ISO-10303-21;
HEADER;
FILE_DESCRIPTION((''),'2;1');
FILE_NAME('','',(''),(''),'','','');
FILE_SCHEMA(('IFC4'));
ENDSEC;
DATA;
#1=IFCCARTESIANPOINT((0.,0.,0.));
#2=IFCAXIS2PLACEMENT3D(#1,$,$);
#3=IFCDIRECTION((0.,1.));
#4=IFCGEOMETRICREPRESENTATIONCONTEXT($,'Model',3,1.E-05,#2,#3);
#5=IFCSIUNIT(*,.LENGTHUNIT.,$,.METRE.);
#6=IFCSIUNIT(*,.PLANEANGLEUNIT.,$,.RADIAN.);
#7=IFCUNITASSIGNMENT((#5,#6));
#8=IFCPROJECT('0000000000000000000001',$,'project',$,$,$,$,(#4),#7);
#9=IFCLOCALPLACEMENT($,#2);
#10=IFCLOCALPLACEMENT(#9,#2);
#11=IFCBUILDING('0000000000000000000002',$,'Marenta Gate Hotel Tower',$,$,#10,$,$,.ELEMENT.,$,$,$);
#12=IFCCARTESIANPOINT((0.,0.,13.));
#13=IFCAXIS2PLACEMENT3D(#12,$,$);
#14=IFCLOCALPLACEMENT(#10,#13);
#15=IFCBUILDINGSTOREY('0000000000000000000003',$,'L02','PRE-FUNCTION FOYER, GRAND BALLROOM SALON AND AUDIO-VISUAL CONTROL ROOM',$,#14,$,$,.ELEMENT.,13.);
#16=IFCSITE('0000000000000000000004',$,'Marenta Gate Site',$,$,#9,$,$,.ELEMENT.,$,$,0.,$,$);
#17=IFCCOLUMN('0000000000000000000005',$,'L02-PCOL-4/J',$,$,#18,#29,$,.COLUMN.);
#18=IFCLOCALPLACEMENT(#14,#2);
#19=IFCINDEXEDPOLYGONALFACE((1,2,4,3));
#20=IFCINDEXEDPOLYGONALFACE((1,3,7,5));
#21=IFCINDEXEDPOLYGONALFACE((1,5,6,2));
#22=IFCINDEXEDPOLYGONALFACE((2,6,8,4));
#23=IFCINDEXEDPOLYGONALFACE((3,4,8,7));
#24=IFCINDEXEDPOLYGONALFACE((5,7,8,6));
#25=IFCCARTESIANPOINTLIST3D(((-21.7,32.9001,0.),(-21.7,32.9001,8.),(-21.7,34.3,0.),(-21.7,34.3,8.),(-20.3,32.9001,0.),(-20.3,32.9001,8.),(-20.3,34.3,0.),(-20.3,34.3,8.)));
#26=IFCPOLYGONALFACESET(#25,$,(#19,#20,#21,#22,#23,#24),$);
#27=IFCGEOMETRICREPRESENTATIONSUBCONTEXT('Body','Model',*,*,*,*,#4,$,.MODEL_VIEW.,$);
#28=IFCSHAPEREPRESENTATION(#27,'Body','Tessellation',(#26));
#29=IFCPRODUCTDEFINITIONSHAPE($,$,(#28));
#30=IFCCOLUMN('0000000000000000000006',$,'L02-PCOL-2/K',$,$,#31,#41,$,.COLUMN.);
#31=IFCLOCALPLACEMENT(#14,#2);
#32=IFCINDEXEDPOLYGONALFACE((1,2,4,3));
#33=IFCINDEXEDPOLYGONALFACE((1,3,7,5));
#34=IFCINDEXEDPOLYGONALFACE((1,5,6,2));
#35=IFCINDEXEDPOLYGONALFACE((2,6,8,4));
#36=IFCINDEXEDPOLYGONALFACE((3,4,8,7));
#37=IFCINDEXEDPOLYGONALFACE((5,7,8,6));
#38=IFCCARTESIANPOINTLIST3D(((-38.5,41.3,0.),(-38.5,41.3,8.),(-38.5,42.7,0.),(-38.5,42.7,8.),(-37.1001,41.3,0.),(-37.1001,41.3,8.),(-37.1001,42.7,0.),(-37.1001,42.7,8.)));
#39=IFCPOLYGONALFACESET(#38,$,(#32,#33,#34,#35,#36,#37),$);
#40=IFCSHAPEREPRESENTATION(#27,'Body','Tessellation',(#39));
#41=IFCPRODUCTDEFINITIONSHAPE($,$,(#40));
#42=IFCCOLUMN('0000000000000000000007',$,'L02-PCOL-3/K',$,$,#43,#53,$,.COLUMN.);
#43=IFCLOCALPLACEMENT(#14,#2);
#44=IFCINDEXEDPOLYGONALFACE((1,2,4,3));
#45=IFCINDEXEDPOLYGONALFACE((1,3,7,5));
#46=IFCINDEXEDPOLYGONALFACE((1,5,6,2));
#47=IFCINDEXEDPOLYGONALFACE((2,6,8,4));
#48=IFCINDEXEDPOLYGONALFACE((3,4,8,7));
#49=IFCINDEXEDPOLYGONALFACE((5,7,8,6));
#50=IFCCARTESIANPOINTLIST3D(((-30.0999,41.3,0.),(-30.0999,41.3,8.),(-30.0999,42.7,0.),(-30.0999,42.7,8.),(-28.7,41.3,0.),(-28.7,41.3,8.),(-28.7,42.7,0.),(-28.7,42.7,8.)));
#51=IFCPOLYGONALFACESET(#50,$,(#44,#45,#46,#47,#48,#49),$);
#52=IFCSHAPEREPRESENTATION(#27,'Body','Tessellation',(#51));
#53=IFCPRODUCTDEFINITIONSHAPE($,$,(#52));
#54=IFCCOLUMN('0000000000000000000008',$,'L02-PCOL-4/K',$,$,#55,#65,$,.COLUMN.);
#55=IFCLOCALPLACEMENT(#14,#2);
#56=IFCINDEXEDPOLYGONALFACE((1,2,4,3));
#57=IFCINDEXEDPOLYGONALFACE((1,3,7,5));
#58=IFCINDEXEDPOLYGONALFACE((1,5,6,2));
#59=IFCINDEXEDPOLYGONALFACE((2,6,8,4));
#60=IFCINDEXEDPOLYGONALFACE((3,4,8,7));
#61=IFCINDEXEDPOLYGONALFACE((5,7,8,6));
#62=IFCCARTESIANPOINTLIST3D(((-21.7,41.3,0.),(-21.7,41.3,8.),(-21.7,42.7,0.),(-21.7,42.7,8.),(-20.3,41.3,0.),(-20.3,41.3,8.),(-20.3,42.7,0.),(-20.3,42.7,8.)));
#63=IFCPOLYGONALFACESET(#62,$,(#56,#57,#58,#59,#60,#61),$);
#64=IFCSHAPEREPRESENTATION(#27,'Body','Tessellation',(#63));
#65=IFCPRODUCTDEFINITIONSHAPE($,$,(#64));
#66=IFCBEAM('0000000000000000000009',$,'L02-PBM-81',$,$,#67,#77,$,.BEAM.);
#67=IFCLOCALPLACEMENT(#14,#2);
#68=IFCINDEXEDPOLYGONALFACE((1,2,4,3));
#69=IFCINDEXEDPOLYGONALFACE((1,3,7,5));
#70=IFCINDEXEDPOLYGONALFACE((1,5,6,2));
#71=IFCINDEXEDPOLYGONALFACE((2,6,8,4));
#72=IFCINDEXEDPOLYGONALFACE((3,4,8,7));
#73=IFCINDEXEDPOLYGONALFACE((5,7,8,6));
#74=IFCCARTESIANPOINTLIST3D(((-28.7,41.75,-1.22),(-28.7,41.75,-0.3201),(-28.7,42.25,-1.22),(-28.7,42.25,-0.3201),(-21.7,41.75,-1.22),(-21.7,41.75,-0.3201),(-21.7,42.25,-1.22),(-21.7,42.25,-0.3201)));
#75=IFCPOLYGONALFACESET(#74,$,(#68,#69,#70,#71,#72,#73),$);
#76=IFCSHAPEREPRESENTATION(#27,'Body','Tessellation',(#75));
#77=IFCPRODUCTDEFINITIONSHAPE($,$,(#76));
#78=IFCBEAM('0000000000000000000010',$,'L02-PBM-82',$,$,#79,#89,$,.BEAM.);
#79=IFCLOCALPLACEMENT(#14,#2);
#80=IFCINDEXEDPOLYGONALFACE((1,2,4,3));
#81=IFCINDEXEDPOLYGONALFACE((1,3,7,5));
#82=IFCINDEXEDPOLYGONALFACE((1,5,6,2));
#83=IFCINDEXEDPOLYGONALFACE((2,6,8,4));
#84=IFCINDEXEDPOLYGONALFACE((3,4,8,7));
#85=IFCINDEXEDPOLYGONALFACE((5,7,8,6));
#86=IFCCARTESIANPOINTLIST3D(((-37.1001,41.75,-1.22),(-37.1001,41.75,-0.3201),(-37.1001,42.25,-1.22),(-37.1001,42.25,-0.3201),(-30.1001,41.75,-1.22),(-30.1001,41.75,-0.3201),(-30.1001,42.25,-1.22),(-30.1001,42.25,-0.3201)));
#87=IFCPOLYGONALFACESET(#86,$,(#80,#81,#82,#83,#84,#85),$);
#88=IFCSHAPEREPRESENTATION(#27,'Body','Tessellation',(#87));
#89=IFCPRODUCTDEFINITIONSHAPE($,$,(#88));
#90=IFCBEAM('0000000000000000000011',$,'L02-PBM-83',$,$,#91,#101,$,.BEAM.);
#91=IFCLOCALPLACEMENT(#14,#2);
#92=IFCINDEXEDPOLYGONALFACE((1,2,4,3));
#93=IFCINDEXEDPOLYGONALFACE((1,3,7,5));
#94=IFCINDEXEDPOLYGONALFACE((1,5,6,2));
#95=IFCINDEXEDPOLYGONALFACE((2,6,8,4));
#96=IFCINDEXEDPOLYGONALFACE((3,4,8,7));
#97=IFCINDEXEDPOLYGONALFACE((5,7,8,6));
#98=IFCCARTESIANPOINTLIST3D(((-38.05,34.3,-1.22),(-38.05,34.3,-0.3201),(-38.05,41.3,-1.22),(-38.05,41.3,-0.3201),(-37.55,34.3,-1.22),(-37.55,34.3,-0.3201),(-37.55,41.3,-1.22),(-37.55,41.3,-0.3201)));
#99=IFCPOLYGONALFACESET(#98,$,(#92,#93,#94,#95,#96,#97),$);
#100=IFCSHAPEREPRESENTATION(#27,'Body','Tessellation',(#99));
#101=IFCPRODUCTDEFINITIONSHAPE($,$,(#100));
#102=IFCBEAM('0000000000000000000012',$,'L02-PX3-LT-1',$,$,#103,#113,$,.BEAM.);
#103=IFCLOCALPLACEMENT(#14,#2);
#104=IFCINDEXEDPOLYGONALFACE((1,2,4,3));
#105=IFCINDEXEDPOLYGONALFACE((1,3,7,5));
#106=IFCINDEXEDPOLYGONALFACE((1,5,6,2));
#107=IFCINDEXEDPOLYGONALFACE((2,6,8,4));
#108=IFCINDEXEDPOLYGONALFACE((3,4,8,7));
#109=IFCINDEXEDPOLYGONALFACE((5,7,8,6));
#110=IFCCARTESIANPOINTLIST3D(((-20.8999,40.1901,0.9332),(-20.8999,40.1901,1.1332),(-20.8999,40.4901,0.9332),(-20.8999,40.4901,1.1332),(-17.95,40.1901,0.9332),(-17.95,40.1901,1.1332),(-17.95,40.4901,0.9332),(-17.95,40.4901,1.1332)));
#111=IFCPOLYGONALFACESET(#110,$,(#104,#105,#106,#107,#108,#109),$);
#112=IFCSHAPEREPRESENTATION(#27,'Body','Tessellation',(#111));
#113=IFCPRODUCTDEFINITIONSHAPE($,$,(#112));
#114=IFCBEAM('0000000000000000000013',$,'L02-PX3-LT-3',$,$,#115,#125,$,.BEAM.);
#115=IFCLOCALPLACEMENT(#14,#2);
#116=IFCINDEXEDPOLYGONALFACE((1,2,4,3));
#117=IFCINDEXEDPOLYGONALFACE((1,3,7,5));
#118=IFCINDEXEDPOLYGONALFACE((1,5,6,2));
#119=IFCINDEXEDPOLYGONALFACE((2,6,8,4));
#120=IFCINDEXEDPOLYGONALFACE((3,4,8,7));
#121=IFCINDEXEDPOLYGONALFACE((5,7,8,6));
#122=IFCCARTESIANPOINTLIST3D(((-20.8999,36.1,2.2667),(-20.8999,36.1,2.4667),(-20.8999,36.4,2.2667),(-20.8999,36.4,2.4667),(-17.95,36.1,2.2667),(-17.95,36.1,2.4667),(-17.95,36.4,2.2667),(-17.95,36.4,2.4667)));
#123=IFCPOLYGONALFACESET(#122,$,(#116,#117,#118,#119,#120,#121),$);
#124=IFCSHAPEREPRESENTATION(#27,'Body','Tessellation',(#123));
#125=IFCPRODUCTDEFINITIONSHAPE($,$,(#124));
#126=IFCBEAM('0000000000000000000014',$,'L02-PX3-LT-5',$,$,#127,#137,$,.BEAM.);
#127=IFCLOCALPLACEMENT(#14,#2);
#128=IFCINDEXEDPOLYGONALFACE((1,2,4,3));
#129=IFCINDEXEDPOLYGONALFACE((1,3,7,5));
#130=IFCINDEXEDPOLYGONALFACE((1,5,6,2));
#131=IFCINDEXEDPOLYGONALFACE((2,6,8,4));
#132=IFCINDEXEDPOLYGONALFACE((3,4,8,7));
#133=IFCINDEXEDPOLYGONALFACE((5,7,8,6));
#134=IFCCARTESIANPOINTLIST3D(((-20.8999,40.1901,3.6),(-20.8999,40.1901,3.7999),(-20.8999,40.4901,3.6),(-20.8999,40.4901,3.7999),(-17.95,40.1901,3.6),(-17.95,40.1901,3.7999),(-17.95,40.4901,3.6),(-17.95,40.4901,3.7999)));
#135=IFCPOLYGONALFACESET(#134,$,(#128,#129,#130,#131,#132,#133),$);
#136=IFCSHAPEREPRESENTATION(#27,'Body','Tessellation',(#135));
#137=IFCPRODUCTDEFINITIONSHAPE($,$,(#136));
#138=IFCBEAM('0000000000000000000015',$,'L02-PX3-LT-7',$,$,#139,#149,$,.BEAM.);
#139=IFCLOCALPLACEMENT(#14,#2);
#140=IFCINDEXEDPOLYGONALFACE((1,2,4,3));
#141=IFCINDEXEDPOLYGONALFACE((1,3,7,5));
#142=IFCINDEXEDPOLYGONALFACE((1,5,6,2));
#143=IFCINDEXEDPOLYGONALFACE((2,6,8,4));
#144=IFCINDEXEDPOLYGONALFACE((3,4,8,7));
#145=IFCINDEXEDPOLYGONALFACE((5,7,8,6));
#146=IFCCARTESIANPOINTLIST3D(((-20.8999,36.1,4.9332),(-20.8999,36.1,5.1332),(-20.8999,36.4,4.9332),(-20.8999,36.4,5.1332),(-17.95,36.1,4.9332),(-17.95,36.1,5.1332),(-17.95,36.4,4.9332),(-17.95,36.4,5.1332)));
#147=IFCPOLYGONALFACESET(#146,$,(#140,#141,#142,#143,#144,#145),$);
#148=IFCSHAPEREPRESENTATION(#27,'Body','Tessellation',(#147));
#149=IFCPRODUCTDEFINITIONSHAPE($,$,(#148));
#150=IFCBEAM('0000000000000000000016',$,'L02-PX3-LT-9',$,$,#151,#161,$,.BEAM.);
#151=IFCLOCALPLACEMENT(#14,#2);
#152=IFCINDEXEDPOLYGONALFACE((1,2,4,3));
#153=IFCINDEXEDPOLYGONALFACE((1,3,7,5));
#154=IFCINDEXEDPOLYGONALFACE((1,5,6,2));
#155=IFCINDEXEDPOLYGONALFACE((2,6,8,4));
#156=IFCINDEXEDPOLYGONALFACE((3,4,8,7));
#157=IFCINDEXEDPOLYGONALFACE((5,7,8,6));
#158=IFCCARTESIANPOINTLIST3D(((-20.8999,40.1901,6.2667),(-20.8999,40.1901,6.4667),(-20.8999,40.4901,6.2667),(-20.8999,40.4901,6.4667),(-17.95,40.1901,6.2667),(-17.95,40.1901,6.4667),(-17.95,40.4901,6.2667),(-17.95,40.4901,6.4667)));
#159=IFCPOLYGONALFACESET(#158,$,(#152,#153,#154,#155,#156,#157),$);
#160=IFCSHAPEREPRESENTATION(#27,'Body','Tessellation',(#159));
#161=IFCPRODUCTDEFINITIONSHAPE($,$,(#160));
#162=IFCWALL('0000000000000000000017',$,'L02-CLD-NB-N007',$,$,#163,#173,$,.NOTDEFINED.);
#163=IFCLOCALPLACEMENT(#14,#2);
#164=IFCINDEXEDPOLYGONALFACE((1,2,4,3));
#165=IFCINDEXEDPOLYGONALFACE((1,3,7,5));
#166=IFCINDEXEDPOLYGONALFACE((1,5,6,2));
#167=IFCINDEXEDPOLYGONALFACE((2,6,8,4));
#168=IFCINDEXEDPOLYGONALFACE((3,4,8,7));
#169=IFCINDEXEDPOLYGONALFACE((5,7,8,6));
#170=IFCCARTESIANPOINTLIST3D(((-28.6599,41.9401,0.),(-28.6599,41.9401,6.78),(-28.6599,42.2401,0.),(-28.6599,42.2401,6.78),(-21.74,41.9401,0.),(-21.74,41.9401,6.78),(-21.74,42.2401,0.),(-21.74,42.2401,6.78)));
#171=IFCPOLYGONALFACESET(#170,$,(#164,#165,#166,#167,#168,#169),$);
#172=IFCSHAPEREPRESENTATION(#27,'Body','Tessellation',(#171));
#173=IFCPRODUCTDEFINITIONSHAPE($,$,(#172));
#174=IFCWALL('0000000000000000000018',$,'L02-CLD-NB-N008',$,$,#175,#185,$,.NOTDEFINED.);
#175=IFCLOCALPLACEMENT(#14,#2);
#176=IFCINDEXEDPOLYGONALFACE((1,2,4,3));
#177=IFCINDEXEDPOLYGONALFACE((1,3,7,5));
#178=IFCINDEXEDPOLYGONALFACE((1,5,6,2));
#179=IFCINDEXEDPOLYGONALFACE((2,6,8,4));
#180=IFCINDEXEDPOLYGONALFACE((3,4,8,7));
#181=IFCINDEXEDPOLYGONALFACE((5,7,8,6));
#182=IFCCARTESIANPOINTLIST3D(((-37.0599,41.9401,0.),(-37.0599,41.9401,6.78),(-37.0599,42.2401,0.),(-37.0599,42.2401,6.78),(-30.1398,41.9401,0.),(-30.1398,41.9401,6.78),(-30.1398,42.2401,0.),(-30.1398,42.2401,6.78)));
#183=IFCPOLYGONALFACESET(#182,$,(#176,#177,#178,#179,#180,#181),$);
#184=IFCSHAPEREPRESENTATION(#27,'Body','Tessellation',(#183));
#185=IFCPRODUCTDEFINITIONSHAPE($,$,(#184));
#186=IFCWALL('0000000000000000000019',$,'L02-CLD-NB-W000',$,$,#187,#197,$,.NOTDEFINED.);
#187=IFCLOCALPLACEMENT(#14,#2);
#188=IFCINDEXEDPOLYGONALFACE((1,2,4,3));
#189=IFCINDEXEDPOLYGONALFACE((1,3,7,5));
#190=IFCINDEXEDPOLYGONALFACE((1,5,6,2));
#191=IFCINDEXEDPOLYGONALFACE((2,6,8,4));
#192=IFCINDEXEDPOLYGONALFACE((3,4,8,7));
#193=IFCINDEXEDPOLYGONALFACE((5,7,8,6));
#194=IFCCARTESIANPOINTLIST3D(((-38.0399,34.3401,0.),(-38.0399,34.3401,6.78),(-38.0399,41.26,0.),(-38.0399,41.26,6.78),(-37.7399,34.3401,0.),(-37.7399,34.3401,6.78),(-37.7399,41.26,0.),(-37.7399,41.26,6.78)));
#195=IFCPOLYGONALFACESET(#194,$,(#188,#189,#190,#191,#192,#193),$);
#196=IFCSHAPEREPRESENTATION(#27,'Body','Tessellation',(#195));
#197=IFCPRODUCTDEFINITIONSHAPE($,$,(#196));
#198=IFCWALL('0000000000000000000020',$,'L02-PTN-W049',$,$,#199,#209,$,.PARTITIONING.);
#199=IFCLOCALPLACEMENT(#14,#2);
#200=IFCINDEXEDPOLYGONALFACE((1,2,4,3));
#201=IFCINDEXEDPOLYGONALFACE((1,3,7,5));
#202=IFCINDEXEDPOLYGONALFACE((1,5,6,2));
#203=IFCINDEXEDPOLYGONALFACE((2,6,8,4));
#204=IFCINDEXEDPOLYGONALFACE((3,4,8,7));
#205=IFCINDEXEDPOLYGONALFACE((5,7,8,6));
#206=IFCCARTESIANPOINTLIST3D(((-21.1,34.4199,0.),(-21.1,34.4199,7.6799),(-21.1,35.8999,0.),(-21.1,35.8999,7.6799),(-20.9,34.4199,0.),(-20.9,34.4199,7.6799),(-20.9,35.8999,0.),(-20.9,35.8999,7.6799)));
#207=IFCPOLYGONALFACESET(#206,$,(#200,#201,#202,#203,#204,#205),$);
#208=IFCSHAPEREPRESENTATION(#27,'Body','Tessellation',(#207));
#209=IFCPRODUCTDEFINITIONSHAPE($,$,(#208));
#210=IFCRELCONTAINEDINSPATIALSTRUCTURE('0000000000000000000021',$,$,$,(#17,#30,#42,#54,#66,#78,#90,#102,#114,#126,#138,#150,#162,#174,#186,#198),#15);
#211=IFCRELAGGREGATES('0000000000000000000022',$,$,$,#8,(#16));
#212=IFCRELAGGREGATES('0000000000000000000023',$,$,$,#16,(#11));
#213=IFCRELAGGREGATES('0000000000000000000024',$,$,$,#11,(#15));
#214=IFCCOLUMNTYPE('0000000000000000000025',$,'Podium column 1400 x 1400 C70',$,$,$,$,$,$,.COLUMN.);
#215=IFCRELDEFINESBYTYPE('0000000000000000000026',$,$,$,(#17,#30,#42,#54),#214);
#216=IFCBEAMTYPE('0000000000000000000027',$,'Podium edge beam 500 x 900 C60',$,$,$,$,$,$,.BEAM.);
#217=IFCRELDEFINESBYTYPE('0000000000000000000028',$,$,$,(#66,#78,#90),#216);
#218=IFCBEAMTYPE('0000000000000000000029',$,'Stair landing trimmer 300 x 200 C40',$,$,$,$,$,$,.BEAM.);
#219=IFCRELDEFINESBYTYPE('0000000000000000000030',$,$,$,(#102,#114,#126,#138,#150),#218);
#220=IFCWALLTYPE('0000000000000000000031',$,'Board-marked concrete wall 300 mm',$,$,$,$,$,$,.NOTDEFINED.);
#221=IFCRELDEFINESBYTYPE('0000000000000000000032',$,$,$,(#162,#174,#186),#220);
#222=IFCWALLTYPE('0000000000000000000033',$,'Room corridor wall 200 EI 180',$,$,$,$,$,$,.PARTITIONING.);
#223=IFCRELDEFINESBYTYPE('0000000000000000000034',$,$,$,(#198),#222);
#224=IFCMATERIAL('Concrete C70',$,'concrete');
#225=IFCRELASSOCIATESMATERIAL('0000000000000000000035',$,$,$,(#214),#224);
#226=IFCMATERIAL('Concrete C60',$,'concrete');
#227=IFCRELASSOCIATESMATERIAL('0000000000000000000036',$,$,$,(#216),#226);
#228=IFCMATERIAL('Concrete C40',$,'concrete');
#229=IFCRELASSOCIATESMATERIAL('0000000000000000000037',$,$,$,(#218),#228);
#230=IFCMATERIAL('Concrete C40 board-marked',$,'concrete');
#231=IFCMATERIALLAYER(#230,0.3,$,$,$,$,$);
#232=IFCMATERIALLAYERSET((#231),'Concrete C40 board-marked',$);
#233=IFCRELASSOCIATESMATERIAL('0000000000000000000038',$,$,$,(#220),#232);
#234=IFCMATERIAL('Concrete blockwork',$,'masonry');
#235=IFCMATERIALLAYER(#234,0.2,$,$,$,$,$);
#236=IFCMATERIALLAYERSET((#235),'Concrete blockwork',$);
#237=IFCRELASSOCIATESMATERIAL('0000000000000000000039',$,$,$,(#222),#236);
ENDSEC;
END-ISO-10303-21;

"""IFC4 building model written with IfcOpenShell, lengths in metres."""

from ifc_helpers import new_model, si_unit, direction, frame, frame_2d, origin, origin_2d, place, context, subcontext, project, spatial, rectangle, extrude, material, layer, layer_set, material_profile, profile_set, type_object, element, save


model = new_model("IFC4")

# Units and contexts
model_context = context("Model", 3, precision=1e-05, world=origin(), true_north=direction((0.0, 1.0)))
body_context = subcontext(model_context, "Body", "Model", "MODEL_VIEW")
ifc_project = project(units=[si_unit("LENGTHUNIT", "METRE"), si_unit("PLANEANGLEUNIT", "RADIAN")], contexts=[model_context])

# Site, building, storey
site_placement = place(None, origin())
site = spatial("IfcSite", under=ifc_project, at=site_placement, Name="Marenta Gate Site", CompositionType="ELEMENT", RefElevation=0.0)
building_placement = place(site_placement, origin())
building = spatial("IfcBuilding", under=site, at=building_placement, Name="Marenta Gate Hotel Tower", CompositionType="ELEMENT")
storey_placement = place(building_placement, frame((0.0, 0.0, 13.0)))
storey = spatial("IfcBuildingStorey", under=building, at=storey_placement, Name="L02", Description="PRE-FUNCTION FOYER, GRAND BALLROOM SALON AND AUDIO-VISUAL CONTROL ROOM", CompositionType="ELEMENT", Elevation=13.0)

# Columns
ifc_material_1 = material(Name="Concrete C70", Category="concrete")
ifc_material_profile_1 = material_profile(ifc_material_1, rectangle(XDim=1.3999, YDim=1.3999, at=origin_2d()), Name="1400 x 1400")
ifc_profile_set_1 = profile_set([ifc_material_profile_1], Name="Concrete C70")
column_type = type_object("IfcColumnType", Name="Podium column 1400 x 1400 C70", PredefinedType="COLUMN", material=ifc_profile_set_1)
for number, where, z_axis, x_axis, name in (
    (1, (-21.0, 33.6001, 0.0), (0.0, 0.0, 1.0), (1.0, 0.0, 0.0), "L02-PCOL-4/J"),
    (2, (-37.8, 42.0, 0.0), (0.0, 0.0, 1.0), (1.0, 0.0, 0.0), "L02-PCOL-2/K"),
    (3, (-29.3999, 42.0, 0.0), (0.0, 0.0, 1.0), (1.0, 0.0, 0.0), "L02-PCOL-3/K"),
    (4, (-21.0, 42.0, 0.0), (0.0, 0.0, 1.0), (1.0, 0.0, 0.0), "L02-PCOL-4/K"),
):
    element("IfcColumn", number, at=place(storey_placement, frame(where, z_axis=z_axis, x_axis=x_axis)), inside=storey, type_object=column_type, Name=name, PredefinedType="COLUMN", context=body_context, shape_type="SweptSolid", body=[
        extrude(rectangle(XDim=1.3999, YDim=1.3999, at=origin_2d()), origin(), (0.0, 0.0, 1.0), 8.0),
    ])

# Beams
ifc_material_2 = material(Name="Concrete C60", Category="concrete")
ifc_material_profile_2 = material_profile(ifc_material_2, rectangle(XDim=0.5, YDim=0.8999, at=origin_2d()), Name="500 x 900")
ifc_profile_set_2 = profile_set([ifc_material_profile_2], Name="Concrete C60")
beam_type_1 = type_object("IfcBeamType", Name="Podium edge beam 500 x 900 C60", PredefinedType="BEAM", material=ifc_profile_set_2)
for number, where, z_axis, x_axis, name in (
    (5, (-21.7, 42.0, -0.77), (-1.0, 0.0, 0.0), (0.0, -1.0, 0.0), "L02-PBM-81"),
    (6, (-30.1001, 42.0, -0.77), (-1.0, 0.0, 0.0), (0.0, -1.0, 0.0), "L02-PBM-82"),
    (7, (-37.8, 41.3, -0.77), (0.0, -1.0, 0.0), (1.0, 0.0, 0.0), "L02-PBM-83"),
):
    element("IfcBeam", number, at=place(storey_placement, frame(where, z_axis=z_axis, x_axis=x_axis)), inside=storey, type_object=beam_type_1, Name=name, PredefinedType="BEAM", context=body_context, shape_type="SweptSolid", body=[
        extrude(rectangle(XDim=0.5, YDim=0.8999, at=origin_2d()), origin(), (0.0, 0.0, 1.0), 7.0),
    ])
ifc_material_3 = material(Name="Concrete C40", Category="concrete")
ifc_material_profile_3 = material_profile(ifc_material_3, rectangle(XDim=0.3, YDim=0.2, at=origin_2d()), Name="300 x 200")
ifc_profile_set_3 = profile_set([ifc_material_profile_3], Name="Concrete C40")
beam_type_2 = type_object("IfcBeamType", Name="Stair landing trimmer 300 x 200 C40", PredefinedType="BEAM", material=ifc_profile_set_3)
for number, where, z_axis, x_axis, name in (
    (8, (-20.8999, 40.3401, 1.0332), (1.0, 0.0, 0.0), (0.0, 1.0, 0.0), "L02-PX3-LT-1"),
    (9, (-20.8999, 36.25, 2.3667), (1.0, 0.0, 0.0), (0.0, 1.0, 0.0), "L02-PX3-LT-3"),
    (10, (-20.8999, 40.3401, 3.7), (1.0, 0.0, 0.0), (0.0, 1.0, 0.0), "L02-PX3-LT-5"),
    (11, (-20.8999, 36.25, 5.0332), (1.0, 0.0, 0.0), (0.0, 1.0, 0.0), "L02-PX3-LT-7"),
    (12, (-20.8999, 40.3401, 6.3667), (1.0, 0.0, 0.0), (0.0, 1.0, 0.0), "L02-PX3-LT-9"),
):
    element("IfcBeam", number, at=place(storey_placement, frame(where, z_axis=z_axis, x_axis=x_axis)), inside=storey, type_object=beam_type_2, Name=name, PredefinedType="BEAM", context=body_context, shape_type="SweptSolid", body=[
        extrude(rectangle(XDim=0.3, YDim=0.2, at=origin_2d()), origin(), (0.0, 0.0, 1.0), 2.95),
    ])

# Walls
ifc_material_4 = material(Name="Concrete C40 board-marked", Category="concrete")
ifc_layer_1 = layer(ifc_material_4, 0.3)
ifc_layer_set_1 = layer_set([ifc_layer_1], Name="Concrete C40 board-marked")
wall_type_1 = type_object("IfcWallType", Name="Board-marked concrete wall 300 mm", PredefinedType="NOTDEFINED", material=ifc_layer_set_1)
wall_1_placement = place(storey_placement, frame((-21.74, 42.0901, 0.0), z_axis=(0.0, 0.0, 1.0), x_axis=(-1.0, 0.0, 0.0)))
element("IfcWall", 13, at=wall_1_placement, inside=storey, type_object=wall_type_1, Name="L02-CLD-NB-N007", PredefinedType="NOTDEFINED", context=body_context, shape_type="SweptSolid", body=[
    extrude(rectangle(XDim=6.9199, YDim=0.3, at=frame_2d((3.46, 0.0))), origin(), (0.0, 0.0, 1.0), 6.78),
])
wall_2_placement = place(storey_placement, frame((-30.1399, 42.0901, 0.0), z_axis=(0.0, 0.0, 1.0), x_axis=(-1.0, 0.0, 0.0)))
element("IfcWall", 14, at=wall_2_placement, inside=storey, type_object=wall_type_1, Name="L02-CLD-NB-N008", PredefinedType="NOTDEFINED", context=body_context, shape_type="SweptSolid", body=[
    extrude(rectangle(XDim=6.9202, YDim=0.3, at=frame_2d((3.46, 0.0))), origin(), (0.0, 0.0, 1.0), 6.78),
])
wall_3_placement = place(storey_placement, frame((-37.8899, 41.26, 0.0), z_axis=(0.0, 0.0, 1.0), x_axis=(0.0, -1.0, 0.0)))
element("IfcWall", 15, at=wall_3_placement, inside=storey, type_object=wall_type_1, Name="L02-CLD-NB-W000", PredefinedType="NOTDEFINED", context=body_context, shape_type="SweptSolid", body=[
    extrude(rectangle(XDim=6.9199, YDim=0.3, at=frame_2d((3.46, 0.0))), origin(), (0.0, 0.0, 1.0), 6.78),
])
ifc_material_5 = material(Name="Concrete blockwork", Category="masonry")
ifc_layer_2 = layer(ifc_material_5, 0.2)
ifc_layer_set_2 = layer_set([ifc_layer_2], Name="Concrete blockwork")
wall_type_2 = type_object("IfcWallType", Name="Room corridor wall 200 EI 180", PredefinedType="PARTITIONING", material=ifc_layer_set_2)
wall_4_placement = place(storey_placement, frame((-21.0, 34.4199, 0.0), z_axis=(0.0, 0.0, 1.0), x_axis=(0.0, 1.0, 0.0)))
element("IfcWall", 16, at=wall_4_placement, inside=storey, type_object=wall_type_2, Name="L02-PTN-W049", PredefinedType="PARTITIONING", context=body_context, shape_type="SweptSolid", body=[
    extrude(rectangle(XDim=1.48, YDim=0.2, at=frame_2d((0.74, 0.0))), origin(), (0.0, 0.0, 1.0), 7.6799),
])

save(model, "model.ifc")
